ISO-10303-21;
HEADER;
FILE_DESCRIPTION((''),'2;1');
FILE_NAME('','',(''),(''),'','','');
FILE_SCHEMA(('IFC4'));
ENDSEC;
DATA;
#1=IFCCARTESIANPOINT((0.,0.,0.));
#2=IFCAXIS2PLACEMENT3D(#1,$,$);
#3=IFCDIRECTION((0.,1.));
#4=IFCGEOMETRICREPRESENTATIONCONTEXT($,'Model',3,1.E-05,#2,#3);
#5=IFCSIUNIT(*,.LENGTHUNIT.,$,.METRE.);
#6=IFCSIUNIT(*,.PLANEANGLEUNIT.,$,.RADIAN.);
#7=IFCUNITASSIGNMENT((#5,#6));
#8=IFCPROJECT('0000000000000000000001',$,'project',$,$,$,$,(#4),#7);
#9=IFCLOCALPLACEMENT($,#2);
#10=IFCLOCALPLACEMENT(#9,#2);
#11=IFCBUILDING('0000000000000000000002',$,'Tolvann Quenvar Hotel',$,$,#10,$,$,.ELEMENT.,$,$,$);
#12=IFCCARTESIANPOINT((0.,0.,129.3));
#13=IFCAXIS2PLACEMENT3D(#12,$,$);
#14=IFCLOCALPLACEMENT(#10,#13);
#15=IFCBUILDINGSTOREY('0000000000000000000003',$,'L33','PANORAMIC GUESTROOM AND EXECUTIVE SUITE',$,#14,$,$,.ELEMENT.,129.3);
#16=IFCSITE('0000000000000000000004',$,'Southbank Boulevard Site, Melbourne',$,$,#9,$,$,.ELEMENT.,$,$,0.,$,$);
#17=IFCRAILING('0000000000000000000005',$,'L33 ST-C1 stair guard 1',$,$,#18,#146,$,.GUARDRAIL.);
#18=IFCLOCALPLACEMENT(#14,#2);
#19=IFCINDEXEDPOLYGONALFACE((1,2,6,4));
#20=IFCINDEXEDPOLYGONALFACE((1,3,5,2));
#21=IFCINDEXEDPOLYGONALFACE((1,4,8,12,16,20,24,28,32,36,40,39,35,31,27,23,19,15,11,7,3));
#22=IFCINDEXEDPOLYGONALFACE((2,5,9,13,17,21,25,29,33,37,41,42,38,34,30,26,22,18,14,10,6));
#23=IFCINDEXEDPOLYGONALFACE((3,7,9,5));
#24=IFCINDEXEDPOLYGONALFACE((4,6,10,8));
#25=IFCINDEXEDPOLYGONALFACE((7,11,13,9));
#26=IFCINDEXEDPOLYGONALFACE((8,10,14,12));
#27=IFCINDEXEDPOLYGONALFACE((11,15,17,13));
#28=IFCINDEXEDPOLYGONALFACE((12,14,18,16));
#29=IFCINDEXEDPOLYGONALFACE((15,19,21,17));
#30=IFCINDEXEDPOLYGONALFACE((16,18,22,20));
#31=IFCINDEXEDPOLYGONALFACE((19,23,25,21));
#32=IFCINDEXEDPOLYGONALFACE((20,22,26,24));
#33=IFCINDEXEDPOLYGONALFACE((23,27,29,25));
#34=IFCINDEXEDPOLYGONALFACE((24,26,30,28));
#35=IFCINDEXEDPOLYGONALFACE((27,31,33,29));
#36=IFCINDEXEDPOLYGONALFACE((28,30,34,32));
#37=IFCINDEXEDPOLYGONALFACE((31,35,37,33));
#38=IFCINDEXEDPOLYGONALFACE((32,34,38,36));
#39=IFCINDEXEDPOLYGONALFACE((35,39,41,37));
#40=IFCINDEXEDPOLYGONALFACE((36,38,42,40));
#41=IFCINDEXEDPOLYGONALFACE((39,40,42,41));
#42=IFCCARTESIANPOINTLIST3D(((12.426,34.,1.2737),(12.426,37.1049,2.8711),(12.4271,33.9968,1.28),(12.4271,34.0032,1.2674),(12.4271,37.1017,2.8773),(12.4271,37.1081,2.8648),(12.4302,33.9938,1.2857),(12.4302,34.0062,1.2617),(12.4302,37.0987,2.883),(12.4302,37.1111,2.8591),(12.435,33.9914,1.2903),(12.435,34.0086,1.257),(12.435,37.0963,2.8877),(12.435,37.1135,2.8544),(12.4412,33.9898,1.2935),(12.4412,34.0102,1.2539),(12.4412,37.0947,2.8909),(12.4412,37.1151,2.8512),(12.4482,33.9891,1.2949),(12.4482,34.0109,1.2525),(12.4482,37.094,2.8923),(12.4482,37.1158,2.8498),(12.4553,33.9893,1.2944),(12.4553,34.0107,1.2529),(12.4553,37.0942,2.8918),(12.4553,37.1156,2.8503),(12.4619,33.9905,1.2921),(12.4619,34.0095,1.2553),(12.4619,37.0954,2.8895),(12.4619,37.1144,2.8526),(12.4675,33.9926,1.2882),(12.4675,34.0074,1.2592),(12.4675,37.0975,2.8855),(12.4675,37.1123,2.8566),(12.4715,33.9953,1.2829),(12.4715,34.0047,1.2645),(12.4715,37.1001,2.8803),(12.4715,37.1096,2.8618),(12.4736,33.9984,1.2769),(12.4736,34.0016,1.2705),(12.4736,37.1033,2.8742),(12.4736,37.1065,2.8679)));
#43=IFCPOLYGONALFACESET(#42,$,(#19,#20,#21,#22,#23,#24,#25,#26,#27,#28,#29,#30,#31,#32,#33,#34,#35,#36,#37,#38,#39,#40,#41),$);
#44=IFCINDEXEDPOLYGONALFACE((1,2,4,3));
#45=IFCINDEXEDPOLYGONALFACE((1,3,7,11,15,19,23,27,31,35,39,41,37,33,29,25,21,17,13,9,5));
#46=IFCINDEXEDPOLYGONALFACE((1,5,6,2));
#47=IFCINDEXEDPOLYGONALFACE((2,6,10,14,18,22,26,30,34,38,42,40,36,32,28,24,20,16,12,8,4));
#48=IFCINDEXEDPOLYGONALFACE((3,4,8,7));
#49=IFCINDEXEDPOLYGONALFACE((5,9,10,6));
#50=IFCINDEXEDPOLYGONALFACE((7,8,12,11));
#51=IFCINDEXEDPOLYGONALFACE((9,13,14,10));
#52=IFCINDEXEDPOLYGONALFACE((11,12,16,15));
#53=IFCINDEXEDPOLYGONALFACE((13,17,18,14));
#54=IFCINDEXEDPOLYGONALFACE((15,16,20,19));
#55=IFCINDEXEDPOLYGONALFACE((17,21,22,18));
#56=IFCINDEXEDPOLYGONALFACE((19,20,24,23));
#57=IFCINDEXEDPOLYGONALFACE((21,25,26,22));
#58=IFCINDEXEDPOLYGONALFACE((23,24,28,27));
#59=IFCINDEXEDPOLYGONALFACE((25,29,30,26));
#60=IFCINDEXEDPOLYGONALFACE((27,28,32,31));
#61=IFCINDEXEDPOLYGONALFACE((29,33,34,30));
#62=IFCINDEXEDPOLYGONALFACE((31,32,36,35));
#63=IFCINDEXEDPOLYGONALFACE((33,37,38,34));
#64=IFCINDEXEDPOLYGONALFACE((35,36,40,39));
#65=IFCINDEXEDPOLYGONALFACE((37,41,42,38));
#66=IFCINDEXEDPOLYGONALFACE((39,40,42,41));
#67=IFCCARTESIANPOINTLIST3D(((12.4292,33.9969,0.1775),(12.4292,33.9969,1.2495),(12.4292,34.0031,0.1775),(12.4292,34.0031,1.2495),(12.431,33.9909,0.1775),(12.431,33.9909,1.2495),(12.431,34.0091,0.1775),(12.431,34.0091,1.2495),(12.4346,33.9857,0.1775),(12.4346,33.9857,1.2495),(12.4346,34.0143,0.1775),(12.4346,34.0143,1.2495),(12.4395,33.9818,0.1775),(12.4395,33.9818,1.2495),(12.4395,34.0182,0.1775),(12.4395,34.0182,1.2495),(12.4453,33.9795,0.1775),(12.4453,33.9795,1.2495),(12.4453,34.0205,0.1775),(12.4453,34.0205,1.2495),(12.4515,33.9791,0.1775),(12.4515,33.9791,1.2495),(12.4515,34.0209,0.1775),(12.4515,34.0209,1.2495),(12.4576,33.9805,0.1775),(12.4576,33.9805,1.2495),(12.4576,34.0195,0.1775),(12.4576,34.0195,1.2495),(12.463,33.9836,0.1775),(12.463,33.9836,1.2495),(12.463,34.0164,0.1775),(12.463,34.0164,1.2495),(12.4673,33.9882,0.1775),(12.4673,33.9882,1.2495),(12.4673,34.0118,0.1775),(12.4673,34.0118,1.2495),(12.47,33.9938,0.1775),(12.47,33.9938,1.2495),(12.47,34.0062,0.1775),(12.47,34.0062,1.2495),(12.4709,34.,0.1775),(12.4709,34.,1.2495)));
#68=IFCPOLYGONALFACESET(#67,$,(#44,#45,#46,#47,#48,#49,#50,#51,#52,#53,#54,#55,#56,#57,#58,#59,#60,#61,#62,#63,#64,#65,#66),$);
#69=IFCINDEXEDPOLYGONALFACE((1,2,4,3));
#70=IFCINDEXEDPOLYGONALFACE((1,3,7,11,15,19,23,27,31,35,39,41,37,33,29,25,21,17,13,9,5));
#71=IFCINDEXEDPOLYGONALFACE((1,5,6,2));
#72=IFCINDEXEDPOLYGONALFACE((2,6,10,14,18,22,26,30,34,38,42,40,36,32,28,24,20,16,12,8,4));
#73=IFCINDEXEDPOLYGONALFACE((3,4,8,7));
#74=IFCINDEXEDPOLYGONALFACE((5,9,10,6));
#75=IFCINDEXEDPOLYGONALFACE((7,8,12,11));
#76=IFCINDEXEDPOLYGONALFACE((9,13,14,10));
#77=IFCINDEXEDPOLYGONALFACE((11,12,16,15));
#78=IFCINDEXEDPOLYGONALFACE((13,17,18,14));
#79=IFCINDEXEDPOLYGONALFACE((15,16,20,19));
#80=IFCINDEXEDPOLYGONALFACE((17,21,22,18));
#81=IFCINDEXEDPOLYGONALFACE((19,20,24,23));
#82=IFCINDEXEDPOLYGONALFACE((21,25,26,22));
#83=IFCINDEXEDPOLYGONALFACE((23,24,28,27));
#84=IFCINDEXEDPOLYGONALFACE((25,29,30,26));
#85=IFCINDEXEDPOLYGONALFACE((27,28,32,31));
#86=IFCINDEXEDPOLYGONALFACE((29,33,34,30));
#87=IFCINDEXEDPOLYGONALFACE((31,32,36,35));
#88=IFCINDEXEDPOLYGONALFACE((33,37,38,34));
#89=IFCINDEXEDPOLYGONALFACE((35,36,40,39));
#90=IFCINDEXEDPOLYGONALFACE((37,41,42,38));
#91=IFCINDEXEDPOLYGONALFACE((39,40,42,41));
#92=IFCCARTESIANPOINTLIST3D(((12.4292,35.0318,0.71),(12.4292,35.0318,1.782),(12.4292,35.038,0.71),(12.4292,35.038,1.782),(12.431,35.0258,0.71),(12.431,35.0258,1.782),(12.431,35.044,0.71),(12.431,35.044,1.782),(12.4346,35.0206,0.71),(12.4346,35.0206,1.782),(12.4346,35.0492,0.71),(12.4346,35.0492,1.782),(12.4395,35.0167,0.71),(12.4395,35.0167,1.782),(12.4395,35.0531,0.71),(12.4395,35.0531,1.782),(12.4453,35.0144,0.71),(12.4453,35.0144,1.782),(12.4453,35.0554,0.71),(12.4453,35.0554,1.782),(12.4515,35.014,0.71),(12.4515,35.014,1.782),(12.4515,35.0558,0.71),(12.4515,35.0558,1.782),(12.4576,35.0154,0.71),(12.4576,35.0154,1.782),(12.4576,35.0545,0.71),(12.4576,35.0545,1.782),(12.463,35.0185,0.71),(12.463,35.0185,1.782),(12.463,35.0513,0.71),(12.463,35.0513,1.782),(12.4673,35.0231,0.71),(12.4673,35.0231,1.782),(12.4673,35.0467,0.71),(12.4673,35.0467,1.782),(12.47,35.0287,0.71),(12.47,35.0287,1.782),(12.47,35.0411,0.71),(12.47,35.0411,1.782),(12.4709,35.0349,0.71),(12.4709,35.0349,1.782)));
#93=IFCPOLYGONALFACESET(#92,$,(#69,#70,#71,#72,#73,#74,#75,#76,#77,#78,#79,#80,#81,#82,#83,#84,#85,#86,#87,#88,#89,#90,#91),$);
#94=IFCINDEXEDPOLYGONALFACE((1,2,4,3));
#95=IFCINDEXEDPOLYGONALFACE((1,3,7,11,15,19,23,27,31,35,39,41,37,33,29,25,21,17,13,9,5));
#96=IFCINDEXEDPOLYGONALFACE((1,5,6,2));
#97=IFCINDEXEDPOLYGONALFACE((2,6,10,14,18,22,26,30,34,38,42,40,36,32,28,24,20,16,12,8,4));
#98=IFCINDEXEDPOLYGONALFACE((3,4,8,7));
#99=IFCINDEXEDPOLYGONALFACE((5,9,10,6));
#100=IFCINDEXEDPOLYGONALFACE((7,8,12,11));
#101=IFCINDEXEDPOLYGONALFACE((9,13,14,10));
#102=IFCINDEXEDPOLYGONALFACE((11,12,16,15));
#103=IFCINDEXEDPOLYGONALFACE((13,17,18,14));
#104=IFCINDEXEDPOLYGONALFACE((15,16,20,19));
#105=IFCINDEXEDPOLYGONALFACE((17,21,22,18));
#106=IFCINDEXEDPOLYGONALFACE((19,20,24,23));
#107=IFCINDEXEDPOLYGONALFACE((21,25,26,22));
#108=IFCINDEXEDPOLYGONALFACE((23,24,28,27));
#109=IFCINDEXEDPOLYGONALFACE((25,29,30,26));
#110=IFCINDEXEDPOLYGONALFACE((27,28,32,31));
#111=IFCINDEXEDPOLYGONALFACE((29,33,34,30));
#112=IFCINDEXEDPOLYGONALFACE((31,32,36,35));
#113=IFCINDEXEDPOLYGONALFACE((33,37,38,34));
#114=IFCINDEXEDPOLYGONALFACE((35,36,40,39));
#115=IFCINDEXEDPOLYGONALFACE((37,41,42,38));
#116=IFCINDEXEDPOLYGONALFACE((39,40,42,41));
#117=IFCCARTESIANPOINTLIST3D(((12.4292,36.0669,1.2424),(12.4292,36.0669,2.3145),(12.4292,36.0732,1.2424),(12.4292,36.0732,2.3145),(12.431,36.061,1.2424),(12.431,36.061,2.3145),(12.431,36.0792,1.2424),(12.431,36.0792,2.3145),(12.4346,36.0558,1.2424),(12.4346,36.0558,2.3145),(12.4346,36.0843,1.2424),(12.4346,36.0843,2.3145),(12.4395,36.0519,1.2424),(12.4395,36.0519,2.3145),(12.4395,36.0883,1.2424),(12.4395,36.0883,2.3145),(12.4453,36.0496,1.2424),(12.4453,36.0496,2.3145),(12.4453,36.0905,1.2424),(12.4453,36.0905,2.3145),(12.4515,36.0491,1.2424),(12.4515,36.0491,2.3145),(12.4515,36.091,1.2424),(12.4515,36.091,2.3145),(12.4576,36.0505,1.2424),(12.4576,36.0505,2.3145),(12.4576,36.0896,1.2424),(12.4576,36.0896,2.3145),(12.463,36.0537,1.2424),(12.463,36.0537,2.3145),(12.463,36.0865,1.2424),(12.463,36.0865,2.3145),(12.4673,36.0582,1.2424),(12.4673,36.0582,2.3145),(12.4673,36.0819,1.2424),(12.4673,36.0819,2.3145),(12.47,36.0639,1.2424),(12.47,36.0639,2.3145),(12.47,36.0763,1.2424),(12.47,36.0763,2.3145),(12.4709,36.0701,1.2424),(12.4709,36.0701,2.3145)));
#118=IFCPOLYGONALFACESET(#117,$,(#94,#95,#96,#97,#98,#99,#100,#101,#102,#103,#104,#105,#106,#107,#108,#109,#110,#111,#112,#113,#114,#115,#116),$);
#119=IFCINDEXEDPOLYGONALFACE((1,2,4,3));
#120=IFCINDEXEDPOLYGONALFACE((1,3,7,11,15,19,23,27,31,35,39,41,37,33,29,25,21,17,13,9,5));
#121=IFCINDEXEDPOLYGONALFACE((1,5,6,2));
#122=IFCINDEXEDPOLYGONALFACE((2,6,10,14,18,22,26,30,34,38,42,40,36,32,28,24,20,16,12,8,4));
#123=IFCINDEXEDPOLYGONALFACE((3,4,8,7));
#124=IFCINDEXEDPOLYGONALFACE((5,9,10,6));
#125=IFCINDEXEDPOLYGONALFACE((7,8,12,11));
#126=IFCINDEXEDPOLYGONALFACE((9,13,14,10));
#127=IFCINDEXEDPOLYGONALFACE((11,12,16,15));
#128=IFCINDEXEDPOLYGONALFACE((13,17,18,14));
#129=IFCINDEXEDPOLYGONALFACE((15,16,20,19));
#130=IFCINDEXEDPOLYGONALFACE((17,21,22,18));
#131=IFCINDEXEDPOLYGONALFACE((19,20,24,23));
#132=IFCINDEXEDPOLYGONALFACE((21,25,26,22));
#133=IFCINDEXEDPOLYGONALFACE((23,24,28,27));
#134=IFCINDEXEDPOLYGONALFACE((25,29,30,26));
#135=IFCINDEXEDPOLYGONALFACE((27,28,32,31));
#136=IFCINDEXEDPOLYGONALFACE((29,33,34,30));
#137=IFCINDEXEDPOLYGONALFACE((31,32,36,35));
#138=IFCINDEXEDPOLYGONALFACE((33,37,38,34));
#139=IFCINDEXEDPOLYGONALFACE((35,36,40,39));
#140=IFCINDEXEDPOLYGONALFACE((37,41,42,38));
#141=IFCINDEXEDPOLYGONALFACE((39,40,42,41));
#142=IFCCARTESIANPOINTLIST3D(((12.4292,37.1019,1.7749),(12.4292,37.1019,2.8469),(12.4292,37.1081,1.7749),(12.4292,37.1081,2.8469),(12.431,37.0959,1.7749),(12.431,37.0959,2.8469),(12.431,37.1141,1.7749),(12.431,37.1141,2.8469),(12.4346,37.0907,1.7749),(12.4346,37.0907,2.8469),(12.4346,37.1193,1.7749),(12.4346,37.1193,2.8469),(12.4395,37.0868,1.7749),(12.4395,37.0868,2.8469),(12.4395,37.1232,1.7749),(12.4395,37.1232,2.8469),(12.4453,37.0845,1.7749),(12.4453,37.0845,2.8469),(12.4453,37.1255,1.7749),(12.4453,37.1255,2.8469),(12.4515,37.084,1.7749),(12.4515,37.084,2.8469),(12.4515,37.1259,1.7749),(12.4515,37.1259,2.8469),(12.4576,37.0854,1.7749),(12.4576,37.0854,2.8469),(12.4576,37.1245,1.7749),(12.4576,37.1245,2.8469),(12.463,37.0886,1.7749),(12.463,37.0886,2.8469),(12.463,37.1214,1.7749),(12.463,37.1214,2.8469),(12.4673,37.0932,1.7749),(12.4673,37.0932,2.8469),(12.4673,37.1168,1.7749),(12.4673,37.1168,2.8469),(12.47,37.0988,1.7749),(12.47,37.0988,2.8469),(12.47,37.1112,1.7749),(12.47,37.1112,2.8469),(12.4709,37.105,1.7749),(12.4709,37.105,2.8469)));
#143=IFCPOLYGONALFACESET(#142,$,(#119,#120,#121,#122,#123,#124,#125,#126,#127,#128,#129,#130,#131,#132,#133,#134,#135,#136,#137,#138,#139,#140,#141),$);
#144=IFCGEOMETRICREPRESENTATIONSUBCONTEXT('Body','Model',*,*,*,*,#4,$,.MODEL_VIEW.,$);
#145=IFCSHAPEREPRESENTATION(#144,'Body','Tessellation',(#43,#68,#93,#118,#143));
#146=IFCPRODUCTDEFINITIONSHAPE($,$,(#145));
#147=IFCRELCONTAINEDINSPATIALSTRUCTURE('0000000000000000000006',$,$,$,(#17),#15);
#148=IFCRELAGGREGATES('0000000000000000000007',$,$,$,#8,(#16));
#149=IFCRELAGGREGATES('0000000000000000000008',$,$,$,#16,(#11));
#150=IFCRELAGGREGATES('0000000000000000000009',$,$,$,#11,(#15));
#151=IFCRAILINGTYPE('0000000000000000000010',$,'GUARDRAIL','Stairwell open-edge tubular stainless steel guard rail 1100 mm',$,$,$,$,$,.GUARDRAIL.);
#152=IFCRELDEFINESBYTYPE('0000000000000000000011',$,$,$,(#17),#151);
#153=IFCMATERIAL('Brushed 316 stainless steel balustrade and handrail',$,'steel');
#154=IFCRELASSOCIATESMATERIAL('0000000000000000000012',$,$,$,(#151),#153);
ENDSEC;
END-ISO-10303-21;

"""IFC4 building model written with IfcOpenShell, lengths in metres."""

from ifc_helpers import new_model, si_unit, direction, frame, origin, origin_2d, place, context, subcontext, project, spatial, circle, extrude, material, type_object, element, save


model = new_model("IFC4")

# Units and contexts
model_context = context("Model", 3, precision=1e-05, world=origin(), true_north=direction((0.0, 1.0)))
body_context = subcontext(model_context, "Body", "Model", "MODEL_VIEW")
ifc_project = project(units=[si_unit("LENGTHUNIT", "METRE"), si_unit("PLANEANGLEUNIT", "RADIAN")], contexts=[model_context])

# Site, building, storey
site_placement = place(None, origin())
site = spatial("IfcSite", under=ifc_project, at=site_placement, Name="Southbank Boulevard Site, Melbourne", CompositionType="ELEMENT", RefElevation=0.0)
building_placement = place(site_placement, origin())
building = spatial("IfcBuilding", under=site, at=building_placement, Name="Tolvann Quenvar Hotel", CompositionType="ELEMENT")
storey_placement = place(building_placement, frame((0.0, 0.0, 129.3)))
storey = spatial("IfcBuildingStorey", under=building, at=storey_placement, Name="L33", Description="PANORAMIC GUESTROOM AND EXECUTIVE SUITE", CompositionType="ELEMENT", Elevation=129.3)

# Railing
ifc_material_1 = material(Name="Brushed 316 stainless steel balustrade and handrail", Category="steel")
railing_type_1 = type_object("IfcRailingType", Name="GUARDRAIL", Description="Stairwell open-edge tubular stainless steel guard rail 1100 mm", PredefinedType="GUARDRAIL", material=ifc_material_1)
railing_1_placement = place(storey_placement, frame((12.45, 34.0, 0.1775)))
element("IfcRailing", 1, at=railing_1_placement, inside=storey, type_object=railing_type_1, Name="L33 ST-C1 stair guard 1", PredefinedType="GUARDRAIL", context=body_context, shape_type="SweptSolid", body=[
    extrude(circle(Radius=0.0239, at=origin_2d()), frame((0.0, 0.0, 1.0962), z_axis=(0.0, 0.889222, 0.457476), x_axis=(-1.0, 0.0, 0.0)), (0.0, 0.0, 1.0), 3.4917),
    extrude(circle(Radius=0.021, at=origin_2d()), origin(), (0.0, 0.0, 1.0), 1.072),
    extrude(circle(Radius=0.021, at=origin_2d()), frame((0.0, 1.0349, 0.5325)), (0.0, 0.0, 1.0), 1.072),
    extrude(circle(Radius=0.021, at=origin_2d()), frame((0.0, 2.0701, 1.0649)), (0.0, 0.0, 1.0), 1.072),
    extrude(circle(Radius=0.021, at=origin_2d()), frame((0.0, 3.105, 1.5974)), (0.0, 0.0, 1.0), 1.072),
])

save(model, "model.ifc")
